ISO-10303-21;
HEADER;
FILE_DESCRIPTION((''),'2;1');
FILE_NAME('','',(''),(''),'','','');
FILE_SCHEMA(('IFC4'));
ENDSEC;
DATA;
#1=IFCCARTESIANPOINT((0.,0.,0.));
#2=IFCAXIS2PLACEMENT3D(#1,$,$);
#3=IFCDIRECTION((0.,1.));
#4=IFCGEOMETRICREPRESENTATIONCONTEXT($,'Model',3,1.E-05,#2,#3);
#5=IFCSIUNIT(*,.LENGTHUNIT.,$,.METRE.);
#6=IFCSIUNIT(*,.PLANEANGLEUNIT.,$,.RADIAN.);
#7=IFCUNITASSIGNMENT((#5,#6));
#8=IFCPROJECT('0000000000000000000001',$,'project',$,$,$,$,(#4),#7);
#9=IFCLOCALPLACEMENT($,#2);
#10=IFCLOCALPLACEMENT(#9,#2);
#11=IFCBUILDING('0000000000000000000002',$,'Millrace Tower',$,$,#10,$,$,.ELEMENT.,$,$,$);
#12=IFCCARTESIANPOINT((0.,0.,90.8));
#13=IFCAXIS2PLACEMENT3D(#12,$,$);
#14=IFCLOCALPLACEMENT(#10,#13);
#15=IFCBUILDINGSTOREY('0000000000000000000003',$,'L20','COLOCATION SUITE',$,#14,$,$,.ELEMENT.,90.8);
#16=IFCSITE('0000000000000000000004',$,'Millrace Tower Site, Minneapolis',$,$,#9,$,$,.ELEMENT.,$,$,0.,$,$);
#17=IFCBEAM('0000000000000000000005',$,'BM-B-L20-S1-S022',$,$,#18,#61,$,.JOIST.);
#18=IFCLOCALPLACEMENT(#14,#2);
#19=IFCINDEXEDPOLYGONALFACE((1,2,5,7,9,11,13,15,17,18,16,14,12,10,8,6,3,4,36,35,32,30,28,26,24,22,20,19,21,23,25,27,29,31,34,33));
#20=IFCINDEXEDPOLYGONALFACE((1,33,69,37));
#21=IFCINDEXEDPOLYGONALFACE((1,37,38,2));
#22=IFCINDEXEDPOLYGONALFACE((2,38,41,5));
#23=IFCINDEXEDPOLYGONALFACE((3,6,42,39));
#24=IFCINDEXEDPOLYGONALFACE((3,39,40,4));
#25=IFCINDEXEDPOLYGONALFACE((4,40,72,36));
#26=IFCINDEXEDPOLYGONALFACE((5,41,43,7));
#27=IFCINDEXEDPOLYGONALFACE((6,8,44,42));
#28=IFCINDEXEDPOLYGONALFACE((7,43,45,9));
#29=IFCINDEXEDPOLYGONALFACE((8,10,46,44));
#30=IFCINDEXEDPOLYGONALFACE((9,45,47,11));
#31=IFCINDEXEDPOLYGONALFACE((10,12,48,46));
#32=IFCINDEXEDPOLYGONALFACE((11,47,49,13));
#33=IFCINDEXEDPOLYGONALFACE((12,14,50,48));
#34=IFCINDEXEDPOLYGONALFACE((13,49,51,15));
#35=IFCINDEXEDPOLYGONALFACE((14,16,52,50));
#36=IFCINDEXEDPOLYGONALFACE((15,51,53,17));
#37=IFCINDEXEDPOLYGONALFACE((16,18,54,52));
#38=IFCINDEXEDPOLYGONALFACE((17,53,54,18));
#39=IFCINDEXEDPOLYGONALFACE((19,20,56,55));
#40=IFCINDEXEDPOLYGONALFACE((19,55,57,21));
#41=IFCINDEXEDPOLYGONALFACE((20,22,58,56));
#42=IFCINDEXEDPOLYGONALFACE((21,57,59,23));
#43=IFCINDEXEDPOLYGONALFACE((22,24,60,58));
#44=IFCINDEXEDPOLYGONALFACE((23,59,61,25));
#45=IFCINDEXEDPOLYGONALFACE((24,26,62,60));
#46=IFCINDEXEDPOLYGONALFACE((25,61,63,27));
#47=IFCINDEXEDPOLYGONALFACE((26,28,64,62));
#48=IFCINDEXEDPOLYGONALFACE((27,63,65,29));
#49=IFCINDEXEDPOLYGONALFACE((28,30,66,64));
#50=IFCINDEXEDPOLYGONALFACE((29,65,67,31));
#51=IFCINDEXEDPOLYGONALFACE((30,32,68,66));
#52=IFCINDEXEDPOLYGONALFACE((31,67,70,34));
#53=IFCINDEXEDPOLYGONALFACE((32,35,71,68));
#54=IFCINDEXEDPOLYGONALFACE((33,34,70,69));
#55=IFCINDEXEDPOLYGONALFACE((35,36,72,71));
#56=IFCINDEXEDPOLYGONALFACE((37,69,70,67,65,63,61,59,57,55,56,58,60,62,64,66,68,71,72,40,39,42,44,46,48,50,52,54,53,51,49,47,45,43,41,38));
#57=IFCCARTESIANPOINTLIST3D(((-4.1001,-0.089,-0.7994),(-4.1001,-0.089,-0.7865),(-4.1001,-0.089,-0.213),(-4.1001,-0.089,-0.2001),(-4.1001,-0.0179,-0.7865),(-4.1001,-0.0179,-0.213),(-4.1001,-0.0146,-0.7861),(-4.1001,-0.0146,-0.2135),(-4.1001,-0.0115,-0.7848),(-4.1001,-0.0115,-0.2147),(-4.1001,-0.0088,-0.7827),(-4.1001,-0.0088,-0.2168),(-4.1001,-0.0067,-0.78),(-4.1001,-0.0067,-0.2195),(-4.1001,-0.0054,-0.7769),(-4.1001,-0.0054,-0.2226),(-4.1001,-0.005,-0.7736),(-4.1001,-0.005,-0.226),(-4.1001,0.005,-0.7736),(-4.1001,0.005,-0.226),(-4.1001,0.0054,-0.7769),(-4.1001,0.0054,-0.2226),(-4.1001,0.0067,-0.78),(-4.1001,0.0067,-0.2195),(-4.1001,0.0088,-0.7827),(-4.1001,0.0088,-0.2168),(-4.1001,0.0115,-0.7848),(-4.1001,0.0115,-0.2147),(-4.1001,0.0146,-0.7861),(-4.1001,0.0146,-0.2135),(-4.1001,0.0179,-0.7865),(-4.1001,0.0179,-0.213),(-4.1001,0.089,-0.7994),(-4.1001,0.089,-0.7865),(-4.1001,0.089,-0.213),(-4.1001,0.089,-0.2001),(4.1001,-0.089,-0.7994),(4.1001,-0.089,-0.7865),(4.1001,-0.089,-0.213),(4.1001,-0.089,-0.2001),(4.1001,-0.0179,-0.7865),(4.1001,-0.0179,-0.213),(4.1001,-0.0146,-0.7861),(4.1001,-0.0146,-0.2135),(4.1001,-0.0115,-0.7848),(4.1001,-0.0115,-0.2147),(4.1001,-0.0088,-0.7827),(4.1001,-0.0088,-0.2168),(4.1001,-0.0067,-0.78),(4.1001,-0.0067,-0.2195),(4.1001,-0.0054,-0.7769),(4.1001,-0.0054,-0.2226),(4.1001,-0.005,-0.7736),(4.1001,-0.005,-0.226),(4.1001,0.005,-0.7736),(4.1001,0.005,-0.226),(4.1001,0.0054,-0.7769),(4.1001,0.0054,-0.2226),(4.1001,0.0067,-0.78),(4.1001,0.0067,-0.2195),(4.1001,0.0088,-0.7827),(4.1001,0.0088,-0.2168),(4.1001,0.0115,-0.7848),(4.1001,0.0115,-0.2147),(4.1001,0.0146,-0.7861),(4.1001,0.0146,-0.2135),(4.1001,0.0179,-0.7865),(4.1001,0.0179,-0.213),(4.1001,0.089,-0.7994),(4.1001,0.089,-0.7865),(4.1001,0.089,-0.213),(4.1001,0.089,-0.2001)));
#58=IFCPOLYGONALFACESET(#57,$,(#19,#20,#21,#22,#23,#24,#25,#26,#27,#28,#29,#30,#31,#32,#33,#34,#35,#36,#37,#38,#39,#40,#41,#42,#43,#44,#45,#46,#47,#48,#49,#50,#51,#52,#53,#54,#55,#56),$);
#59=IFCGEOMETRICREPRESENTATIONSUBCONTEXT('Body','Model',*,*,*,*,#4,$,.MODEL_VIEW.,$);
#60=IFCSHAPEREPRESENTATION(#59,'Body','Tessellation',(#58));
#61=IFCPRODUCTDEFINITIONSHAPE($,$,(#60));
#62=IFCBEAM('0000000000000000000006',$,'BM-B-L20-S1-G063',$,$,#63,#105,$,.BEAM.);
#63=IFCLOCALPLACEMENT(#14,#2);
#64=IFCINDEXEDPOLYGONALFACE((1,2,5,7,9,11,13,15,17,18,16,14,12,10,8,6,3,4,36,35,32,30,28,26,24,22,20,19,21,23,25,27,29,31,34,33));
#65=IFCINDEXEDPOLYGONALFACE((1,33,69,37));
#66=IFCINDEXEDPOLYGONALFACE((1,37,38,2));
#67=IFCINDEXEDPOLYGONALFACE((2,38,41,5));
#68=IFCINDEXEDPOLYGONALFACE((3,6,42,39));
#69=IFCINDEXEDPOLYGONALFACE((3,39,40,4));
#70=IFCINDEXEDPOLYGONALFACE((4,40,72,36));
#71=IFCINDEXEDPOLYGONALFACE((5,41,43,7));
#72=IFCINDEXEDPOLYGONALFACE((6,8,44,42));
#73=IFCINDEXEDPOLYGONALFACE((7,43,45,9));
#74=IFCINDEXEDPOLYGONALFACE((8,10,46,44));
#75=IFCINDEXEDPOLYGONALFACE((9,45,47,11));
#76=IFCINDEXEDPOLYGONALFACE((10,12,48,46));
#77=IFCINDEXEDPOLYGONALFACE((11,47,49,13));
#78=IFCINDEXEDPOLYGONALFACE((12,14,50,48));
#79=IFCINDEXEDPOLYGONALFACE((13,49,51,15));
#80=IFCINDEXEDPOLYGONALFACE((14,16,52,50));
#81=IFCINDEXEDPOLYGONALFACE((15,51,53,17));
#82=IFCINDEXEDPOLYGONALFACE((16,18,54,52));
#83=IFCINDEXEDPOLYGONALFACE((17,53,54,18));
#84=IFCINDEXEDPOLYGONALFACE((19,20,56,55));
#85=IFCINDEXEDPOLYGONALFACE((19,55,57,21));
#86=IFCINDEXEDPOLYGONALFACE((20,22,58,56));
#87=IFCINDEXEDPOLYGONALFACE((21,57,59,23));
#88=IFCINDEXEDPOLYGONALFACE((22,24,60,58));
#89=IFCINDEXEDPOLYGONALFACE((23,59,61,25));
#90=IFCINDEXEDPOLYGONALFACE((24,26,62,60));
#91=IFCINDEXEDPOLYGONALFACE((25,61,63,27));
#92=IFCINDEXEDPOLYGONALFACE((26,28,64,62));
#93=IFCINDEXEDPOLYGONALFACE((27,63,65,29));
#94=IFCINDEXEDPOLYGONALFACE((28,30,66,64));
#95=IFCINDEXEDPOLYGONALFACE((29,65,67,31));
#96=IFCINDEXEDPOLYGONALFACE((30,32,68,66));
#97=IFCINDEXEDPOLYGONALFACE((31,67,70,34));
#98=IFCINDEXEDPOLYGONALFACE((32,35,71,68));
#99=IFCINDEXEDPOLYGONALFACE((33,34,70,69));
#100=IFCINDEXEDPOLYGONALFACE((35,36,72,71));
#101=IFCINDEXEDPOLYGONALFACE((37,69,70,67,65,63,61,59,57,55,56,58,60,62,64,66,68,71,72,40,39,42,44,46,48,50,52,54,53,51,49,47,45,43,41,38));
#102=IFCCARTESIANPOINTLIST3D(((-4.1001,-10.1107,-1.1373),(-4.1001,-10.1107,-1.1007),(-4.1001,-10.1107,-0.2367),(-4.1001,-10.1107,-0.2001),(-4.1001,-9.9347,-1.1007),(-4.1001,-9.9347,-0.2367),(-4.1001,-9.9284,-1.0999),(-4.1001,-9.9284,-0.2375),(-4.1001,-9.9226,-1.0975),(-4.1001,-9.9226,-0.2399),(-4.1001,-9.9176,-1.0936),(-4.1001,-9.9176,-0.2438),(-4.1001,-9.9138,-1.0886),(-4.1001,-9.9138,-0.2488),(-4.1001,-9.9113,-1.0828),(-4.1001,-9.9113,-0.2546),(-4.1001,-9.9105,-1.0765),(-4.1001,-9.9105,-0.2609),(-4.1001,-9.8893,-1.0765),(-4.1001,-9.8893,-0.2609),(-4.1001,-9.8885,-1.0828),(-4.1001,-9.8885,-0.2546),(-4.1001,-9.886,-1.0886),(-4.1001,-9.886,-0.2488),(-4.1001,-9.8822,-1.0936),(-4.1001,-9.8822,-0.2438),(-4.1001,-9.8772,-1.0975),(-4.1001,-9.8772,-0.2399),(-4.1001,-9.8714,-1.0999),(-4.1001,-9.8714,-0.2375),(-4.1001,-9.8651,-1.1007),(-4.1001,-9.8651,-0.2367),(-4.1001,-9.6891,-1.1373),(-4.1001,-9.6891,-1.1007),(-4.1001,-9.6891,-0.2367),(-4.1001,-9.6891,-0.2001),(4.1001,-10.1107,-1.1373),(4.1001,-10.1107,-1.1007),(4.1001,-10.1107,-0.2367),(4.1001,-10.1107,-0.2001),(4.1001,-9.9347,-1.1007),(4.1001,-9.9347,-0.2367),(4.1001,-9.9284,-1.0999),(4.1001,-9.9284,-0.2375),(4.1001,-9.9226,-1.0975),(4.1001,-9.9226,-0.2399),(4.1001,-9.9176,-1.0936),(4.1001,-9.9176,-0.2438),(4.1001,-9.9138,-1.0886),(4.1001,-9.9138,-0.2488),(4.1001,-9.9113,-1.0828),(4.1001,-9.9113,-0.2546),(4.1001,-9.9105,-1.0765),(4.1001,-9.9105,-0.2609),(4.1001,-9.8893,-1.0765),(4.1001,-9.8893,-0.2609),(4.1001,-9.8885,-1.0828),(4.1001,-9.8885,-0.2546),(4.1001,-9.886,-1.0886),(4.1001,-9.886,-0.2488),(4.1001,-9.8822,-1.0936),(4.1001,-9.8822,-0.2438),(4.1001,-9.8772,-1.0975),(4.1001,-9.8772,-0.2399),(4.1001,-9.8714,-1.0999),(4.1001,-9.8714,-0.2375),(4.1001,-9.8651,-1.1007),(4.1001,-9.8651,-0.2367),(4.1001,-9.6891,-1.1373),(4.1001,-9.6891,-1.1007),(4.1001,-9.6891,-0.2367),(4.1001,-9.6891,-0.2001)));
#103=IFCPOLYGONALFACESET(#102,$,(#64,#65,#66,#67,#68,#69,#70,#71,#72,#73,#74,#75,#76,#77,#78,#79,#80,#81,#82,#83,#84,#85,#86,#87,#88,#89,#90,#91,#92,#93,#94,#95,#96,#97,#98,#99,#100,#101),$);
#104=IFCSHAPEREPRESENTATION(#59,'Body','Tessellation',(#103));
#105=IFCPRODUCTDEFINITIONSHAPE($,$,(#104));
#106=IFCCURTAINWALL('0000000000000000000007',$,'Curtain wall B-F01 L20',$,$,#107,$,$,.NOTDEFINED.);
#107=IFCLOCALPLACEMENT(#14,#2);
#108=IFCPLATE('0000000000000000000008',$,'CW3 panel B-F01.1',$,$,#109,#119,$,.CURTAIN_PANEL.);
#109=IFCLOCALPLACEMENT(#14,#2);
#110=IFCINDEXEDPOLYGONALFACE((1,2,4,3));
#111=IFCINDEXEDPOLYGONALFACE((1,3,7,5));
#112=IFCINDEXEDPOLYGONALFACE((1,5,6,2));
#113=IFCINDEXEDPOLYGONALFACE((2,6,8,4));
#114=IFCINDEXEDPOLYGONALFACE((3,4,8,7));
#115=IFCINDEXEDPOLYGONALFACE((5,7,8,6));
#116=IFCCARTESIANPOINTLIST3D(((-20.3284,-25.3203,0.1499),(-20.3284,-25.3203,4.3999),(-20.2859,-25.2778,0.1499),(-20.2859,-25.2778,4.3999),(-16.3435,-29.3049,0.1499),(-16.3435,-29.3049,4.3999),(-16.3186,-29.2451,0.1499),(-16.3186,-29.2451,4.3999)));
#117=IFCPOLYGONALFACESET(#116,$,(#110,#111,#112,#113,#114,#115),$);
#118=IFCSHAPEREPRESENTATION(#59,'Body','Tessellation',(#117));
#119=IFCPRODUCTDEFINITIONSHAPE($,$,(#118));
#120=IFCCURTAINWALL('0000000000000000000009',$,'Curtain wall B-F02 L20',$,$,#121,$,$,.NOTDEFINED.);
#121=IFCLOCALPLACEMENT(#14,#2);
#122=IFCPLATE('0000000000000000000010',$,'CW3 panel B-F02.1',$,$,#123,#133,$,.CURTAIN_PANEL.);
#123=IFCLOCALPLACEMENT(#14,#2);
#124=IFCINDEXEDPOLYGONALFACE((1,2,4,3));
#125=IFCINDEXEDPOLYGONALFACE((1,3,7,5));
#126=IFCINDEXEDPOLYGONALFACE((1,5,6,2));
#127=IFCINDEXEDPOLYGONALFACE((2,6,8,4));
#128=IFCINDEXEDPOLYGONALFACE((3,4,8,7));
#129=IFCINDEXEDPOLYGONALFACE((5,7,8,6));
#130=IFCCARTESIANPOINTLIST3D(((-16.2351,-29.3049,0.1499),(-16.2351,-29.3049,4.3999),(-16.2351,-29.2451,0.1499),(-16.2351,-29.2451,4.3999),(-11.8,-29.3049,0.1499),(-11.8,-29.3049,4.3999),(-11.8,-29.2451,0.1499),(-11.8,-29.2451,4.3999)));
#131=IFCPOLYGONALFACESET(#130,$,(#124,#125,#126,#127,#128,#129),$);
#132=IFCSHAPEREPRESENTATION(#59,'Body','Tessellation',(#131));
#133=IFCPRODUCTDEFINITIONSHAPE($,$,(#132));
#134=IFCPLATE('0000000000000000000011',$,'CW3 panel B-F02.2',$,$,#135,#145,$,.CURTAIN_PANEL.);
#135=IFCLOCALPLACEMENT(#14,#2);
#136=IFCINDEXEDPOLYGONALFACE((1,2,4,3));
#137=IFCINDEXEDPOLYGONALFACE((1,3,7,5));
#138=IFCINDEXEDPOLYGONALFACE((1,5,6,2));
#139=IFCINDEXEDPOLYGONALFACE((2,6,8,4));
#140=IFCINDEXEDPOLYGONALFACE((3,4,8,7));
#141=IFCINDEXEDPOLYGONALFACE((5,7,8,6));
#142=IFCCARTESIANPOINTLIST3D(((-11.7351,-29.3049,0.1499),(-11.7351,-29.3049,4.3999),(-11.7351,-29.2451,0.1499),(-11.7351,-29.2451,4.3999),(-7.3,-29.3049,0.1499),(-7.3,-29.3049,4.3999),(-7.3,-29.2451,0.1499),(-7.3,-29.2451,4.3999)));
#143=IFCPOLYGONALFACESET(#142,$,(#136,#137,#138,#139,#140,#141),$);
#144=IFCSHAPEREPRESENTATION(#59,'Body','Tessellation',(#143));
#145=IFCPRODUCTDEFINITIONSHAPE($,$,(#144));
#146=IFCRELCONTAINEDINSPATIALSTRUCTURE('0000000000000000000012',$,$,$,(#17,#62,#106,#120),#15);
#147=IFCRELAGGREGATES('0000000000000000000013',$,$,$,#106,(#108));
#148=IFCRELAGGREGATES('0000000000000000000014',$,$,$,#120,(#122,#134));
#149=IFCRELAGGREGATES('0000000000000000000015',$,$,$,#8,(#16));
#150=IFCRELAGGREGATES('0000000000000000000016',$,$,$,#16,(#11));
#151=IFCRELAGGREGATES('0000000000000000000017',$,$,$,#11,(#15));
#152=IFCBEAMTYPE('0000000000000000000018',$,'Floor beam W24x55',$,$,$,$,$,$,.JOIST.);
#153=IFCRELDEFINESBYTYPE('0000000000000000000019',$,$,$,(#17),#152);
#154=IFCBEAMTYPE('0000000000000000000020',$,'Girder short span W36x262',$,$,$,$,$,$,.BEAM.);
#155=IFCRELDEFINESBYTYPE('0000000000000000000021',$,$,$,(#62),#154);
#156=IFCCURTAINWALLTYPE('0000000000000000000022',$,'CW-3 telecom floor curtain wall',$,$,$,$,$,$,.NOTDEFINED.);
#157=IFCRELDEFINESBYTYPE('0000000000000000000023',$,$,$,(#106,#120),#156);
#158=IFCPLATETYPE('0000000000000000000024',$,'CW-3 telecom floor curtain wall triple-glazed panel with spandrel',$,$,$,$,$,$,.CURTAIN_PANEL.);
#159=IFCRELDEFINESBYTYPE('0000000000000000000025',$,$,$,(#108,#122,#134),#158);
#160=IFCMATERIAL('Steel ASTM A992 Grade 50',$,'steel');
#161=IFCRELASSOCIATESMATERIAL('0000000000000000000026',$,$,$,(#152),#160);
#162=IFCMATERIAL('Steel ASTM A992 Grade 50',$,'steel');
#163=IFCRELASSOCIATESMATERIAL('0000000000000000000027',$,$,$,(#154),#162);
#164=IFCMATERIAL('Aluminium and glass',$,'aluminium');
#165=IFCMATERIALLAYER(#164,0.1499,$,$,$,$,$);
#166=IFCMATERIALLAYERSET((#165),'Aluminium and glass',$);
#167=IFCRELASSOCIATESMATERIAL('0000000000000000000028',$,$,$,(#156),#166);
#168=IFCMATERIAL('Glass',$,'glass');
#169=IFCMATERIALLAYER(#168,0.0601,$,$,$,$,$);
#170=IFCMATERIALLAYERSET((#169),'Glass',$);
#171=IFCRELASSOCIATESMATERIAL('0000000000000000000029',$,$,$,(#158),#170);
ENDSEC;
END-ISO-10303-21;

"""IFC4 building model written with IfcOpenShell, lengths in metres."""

from ifc_helpers import new_model, si_unit, direction, frame, origin, origin_2d, place, context, subcontext, project, spatial, polyline, i_section, outline, extrude, material, layer, layer_set, material_profile, profile_set, type_object, element, aggregate, save


model = new_model("IFC4")

# Units and contexts
model_context = context("Model", 3, precision=1e-05, world=origin(), true_north=direction((0.0, 1.0)))
body_context = subcontext(model_context, "Body", "Model", "MODEL_VIEW")
ifc_project = project(units=[si_unit("LENGTHUNIT", "METRE"), si_unit("PLANEANGLEUNIT", "RADIAN")], contexts=[model_context])

# Site, building, storey
site_placement = place(None, origin())
site = spatial("IfcSite", under=ifc_project, at=site_placement, Name="Millrace Tower Site, Minneapolis", CompositionType="ELEMENT", RefElevation=0.0)
building_placement = place(site_placement, origin())
building = spatial("IfcBuilding", under=site, at=building_placement, Name="Millrace Tower", CompositionType="ELEMENT")
storey_placement = place(building_placement, frame((0.0, 0.0, 90.8)))
storey = spatial("IfcBuildingStorey", under=building, at=storey_placement, Name="L20", Description="COLOCATION SUITE", CompositionType="ELEMENT", Elevation=90.8)

# Beams
ifc_material_1 = material(Name="Steel ASTM A992 Grade 50", Category="steel")
ifc_material_profile_1 = material_profile(ifc_material_1, i_section(OverallWidth=0.178, OverallDepth=0.5994, WebThickness=0.01, FlangeThickness=0.0129, FilletRadius=0.0129, at=origin_2d()))
ifc_profile_set_1 = profile_set([ifc_material_profile_1], Name="Steel ASTM A992 Grade 50")
beam_type_1 = type_object("IfcBeamType", Name="Floor beam W24x55", PredefinedType="JOIST", material=ifc_profile_set_1)
for number, where, z_axis, x_axis, name in (
    (1, (-4.1001, 0.0, -0.4998), (1.0, 0.0, 0.0), (0.0, 1.0, 0.0), "BM-B-L20-S1-S022"),
):
    element("IfcBeam", number, at=place(storey_placement, frame(where, z_axis=z_axis, x_axis=x_axis)), inside=storey, type_object=beam_type_1, Name=name, PredefinedType="JOIST", context=body_context, shape_type="SweptSolid", body=[
        extrude(i_section(OverallWidth=0.178, OverallDepth=0.5994, WebThickness=0.01, FlangeThickness=0.0129, FilletRadius=0.0129, at=origin_2d()), origin(), (0.0, 0.0, 1.0), 8.2002),
    ])
ifc_material_2 = material(Name="Steel ASTM A992 Grade 50", Category="steel")
ifc_material_profile_2 = material_profile(ifc_material_2, i_section(OverallWidth=0.4216, OverallDepth=0.9373, WebThickness=0.0212, FlangeThickness=0.0366, FilletRadius=0.0242, at=origin_2d()))
ifc_profile_set_2 = profile_set([ifc_material_profile_2], Name="Steel ASTM A992 Grade 50")
beam_type_2 = type_object("IfcBeamType", Name="Girder short span W36x262", PredefinedType="BEAM", material=ifc_profile_set_2)
beam_1_placement = place(storey_placement, frame((-4.1001, -9.8999, -0.6687), z_axis=(1.0, 0.0, 0.0), x_axis=(0.0, 1.0, 0.0)))
element("IfcBeam", 2, at=beam_1_placement, inside=storey, type_object=beam_type_2, Name="BM-B-L20-S1-G063", PredefinedType="BEAM", context=body_context, shape_type="SweptSolid", body=[
    extrude(i_section(OverallWidth=0.4216, OverallDepth=0.9373, WebThickness=0.0212, FlangeThickness=0.0366, FilletRadius=0.0242, at=origin_2d()), origin(), (0.0, 0.0, 1.0), 8.2002),
])

# Curtain wall, plate
ifc_material_3 = material(Name="Aluminium and glass", Category="aluminium")
ifc_layer_1 = layer(ifc_material_3, 0.1499)
ifc_layer_set_1 = layer_set([ifc_layer_1], Name="Aluminium and glass")
curtain_wall_type = type_object("IfcCurtainWallType", Name="CW-3 telecom floor curtain wall", PredefinedType="NOTDEFINED", material=ifc_layer_set_1)
placement_1 = place(storey_placement, origin())
curtain_wall_1 = element("IfcCurtainWall", 3, at=placement_1, inside=storey, type_object=curtain_wall_type, Name="Curtain wall B-F01 L20", PredefinedType="NOTDEFINED")
ifc_material_4 = material(Name="Glass", Category="glass")
ifc_layer_2 = layer(ifc_material_4, 0.0601)
ifc_layer_set_2 = layer_set([ifc_layer_2], Name="Glass")
plate_type = type_object("IfcPlateType", Name="CW-3 telecom floor curtain wall triple-glazed panel with spandrel", PredefinedType="CURTAIN_PANEL", material=ifc_layer_set_2)
placement_2 = place(storey_placement, frame((0.0, 0.0, 0.1499)))
plate_1 = element("IfcPlate", 4, at=placement_2, type_object=plate_type, Name="CW3 panel B-F01.1", PredefinedType="CURTAIN_PANEL", context=body_context, shape_type="SweptSolid", body=[
    extrude(outline(polyline([(-20.3284, -25.3203), (-16.3435, -29.3049), (-16.3186, -29.2451), (-20.2859, -25.2778), (-20.3284, -25.3203)])), origin(), (0.0, 0.0, 1.0), 4.25),
])
aggregate(curtain_wall_1, [plate_1])

# Curtain wall, plates
curtain_wall_2 = element("IfcCurtainWall", 5, at=placement_1, inside=storey, type_object=curtain_wall_type, Name="Curtain wall B-F02 L20", PredefinedType="NOTDEFINED")
plate_2 = element("IfcPlate", 6, at=placement_2, type_object=plate_type, Name="CW3 panel B-F02.1", PredefinedType="CURTAIN_PANEL", context=body_context, shape_type="SweptSolid", body=[
    extrude(outline(polyline([(-16.2351, -29.3049), (-11.8, -29.3049), (-11.8, -29.2451), (-16.2351, -29.2451), (-16.2351, -29.3049)])), origin(), (0.0, 0.0, 1.0), 4.25),
])
plate_3 = element("IfcPlate", 7, at=placement_2, type_object=plate_type, Name="CW3 panel B-F02.2", PredefinedType="CURTAIN_PANEL", context=body_context, shape_type="SweptSolid", body=[
    extrude(outline(polyline([(-11.7351, -29.3049), (-7.3, -29.3049), (-7.3, -29.2451), (-11.7351, -29.2451), (-11.7351, -29.3049)])), origin(), (0.0, 0.0, 1.0), 4.25),
])
aggregate(curtain_wall_2, [plate_2, plate_3])

save(model, "model.ifc")
